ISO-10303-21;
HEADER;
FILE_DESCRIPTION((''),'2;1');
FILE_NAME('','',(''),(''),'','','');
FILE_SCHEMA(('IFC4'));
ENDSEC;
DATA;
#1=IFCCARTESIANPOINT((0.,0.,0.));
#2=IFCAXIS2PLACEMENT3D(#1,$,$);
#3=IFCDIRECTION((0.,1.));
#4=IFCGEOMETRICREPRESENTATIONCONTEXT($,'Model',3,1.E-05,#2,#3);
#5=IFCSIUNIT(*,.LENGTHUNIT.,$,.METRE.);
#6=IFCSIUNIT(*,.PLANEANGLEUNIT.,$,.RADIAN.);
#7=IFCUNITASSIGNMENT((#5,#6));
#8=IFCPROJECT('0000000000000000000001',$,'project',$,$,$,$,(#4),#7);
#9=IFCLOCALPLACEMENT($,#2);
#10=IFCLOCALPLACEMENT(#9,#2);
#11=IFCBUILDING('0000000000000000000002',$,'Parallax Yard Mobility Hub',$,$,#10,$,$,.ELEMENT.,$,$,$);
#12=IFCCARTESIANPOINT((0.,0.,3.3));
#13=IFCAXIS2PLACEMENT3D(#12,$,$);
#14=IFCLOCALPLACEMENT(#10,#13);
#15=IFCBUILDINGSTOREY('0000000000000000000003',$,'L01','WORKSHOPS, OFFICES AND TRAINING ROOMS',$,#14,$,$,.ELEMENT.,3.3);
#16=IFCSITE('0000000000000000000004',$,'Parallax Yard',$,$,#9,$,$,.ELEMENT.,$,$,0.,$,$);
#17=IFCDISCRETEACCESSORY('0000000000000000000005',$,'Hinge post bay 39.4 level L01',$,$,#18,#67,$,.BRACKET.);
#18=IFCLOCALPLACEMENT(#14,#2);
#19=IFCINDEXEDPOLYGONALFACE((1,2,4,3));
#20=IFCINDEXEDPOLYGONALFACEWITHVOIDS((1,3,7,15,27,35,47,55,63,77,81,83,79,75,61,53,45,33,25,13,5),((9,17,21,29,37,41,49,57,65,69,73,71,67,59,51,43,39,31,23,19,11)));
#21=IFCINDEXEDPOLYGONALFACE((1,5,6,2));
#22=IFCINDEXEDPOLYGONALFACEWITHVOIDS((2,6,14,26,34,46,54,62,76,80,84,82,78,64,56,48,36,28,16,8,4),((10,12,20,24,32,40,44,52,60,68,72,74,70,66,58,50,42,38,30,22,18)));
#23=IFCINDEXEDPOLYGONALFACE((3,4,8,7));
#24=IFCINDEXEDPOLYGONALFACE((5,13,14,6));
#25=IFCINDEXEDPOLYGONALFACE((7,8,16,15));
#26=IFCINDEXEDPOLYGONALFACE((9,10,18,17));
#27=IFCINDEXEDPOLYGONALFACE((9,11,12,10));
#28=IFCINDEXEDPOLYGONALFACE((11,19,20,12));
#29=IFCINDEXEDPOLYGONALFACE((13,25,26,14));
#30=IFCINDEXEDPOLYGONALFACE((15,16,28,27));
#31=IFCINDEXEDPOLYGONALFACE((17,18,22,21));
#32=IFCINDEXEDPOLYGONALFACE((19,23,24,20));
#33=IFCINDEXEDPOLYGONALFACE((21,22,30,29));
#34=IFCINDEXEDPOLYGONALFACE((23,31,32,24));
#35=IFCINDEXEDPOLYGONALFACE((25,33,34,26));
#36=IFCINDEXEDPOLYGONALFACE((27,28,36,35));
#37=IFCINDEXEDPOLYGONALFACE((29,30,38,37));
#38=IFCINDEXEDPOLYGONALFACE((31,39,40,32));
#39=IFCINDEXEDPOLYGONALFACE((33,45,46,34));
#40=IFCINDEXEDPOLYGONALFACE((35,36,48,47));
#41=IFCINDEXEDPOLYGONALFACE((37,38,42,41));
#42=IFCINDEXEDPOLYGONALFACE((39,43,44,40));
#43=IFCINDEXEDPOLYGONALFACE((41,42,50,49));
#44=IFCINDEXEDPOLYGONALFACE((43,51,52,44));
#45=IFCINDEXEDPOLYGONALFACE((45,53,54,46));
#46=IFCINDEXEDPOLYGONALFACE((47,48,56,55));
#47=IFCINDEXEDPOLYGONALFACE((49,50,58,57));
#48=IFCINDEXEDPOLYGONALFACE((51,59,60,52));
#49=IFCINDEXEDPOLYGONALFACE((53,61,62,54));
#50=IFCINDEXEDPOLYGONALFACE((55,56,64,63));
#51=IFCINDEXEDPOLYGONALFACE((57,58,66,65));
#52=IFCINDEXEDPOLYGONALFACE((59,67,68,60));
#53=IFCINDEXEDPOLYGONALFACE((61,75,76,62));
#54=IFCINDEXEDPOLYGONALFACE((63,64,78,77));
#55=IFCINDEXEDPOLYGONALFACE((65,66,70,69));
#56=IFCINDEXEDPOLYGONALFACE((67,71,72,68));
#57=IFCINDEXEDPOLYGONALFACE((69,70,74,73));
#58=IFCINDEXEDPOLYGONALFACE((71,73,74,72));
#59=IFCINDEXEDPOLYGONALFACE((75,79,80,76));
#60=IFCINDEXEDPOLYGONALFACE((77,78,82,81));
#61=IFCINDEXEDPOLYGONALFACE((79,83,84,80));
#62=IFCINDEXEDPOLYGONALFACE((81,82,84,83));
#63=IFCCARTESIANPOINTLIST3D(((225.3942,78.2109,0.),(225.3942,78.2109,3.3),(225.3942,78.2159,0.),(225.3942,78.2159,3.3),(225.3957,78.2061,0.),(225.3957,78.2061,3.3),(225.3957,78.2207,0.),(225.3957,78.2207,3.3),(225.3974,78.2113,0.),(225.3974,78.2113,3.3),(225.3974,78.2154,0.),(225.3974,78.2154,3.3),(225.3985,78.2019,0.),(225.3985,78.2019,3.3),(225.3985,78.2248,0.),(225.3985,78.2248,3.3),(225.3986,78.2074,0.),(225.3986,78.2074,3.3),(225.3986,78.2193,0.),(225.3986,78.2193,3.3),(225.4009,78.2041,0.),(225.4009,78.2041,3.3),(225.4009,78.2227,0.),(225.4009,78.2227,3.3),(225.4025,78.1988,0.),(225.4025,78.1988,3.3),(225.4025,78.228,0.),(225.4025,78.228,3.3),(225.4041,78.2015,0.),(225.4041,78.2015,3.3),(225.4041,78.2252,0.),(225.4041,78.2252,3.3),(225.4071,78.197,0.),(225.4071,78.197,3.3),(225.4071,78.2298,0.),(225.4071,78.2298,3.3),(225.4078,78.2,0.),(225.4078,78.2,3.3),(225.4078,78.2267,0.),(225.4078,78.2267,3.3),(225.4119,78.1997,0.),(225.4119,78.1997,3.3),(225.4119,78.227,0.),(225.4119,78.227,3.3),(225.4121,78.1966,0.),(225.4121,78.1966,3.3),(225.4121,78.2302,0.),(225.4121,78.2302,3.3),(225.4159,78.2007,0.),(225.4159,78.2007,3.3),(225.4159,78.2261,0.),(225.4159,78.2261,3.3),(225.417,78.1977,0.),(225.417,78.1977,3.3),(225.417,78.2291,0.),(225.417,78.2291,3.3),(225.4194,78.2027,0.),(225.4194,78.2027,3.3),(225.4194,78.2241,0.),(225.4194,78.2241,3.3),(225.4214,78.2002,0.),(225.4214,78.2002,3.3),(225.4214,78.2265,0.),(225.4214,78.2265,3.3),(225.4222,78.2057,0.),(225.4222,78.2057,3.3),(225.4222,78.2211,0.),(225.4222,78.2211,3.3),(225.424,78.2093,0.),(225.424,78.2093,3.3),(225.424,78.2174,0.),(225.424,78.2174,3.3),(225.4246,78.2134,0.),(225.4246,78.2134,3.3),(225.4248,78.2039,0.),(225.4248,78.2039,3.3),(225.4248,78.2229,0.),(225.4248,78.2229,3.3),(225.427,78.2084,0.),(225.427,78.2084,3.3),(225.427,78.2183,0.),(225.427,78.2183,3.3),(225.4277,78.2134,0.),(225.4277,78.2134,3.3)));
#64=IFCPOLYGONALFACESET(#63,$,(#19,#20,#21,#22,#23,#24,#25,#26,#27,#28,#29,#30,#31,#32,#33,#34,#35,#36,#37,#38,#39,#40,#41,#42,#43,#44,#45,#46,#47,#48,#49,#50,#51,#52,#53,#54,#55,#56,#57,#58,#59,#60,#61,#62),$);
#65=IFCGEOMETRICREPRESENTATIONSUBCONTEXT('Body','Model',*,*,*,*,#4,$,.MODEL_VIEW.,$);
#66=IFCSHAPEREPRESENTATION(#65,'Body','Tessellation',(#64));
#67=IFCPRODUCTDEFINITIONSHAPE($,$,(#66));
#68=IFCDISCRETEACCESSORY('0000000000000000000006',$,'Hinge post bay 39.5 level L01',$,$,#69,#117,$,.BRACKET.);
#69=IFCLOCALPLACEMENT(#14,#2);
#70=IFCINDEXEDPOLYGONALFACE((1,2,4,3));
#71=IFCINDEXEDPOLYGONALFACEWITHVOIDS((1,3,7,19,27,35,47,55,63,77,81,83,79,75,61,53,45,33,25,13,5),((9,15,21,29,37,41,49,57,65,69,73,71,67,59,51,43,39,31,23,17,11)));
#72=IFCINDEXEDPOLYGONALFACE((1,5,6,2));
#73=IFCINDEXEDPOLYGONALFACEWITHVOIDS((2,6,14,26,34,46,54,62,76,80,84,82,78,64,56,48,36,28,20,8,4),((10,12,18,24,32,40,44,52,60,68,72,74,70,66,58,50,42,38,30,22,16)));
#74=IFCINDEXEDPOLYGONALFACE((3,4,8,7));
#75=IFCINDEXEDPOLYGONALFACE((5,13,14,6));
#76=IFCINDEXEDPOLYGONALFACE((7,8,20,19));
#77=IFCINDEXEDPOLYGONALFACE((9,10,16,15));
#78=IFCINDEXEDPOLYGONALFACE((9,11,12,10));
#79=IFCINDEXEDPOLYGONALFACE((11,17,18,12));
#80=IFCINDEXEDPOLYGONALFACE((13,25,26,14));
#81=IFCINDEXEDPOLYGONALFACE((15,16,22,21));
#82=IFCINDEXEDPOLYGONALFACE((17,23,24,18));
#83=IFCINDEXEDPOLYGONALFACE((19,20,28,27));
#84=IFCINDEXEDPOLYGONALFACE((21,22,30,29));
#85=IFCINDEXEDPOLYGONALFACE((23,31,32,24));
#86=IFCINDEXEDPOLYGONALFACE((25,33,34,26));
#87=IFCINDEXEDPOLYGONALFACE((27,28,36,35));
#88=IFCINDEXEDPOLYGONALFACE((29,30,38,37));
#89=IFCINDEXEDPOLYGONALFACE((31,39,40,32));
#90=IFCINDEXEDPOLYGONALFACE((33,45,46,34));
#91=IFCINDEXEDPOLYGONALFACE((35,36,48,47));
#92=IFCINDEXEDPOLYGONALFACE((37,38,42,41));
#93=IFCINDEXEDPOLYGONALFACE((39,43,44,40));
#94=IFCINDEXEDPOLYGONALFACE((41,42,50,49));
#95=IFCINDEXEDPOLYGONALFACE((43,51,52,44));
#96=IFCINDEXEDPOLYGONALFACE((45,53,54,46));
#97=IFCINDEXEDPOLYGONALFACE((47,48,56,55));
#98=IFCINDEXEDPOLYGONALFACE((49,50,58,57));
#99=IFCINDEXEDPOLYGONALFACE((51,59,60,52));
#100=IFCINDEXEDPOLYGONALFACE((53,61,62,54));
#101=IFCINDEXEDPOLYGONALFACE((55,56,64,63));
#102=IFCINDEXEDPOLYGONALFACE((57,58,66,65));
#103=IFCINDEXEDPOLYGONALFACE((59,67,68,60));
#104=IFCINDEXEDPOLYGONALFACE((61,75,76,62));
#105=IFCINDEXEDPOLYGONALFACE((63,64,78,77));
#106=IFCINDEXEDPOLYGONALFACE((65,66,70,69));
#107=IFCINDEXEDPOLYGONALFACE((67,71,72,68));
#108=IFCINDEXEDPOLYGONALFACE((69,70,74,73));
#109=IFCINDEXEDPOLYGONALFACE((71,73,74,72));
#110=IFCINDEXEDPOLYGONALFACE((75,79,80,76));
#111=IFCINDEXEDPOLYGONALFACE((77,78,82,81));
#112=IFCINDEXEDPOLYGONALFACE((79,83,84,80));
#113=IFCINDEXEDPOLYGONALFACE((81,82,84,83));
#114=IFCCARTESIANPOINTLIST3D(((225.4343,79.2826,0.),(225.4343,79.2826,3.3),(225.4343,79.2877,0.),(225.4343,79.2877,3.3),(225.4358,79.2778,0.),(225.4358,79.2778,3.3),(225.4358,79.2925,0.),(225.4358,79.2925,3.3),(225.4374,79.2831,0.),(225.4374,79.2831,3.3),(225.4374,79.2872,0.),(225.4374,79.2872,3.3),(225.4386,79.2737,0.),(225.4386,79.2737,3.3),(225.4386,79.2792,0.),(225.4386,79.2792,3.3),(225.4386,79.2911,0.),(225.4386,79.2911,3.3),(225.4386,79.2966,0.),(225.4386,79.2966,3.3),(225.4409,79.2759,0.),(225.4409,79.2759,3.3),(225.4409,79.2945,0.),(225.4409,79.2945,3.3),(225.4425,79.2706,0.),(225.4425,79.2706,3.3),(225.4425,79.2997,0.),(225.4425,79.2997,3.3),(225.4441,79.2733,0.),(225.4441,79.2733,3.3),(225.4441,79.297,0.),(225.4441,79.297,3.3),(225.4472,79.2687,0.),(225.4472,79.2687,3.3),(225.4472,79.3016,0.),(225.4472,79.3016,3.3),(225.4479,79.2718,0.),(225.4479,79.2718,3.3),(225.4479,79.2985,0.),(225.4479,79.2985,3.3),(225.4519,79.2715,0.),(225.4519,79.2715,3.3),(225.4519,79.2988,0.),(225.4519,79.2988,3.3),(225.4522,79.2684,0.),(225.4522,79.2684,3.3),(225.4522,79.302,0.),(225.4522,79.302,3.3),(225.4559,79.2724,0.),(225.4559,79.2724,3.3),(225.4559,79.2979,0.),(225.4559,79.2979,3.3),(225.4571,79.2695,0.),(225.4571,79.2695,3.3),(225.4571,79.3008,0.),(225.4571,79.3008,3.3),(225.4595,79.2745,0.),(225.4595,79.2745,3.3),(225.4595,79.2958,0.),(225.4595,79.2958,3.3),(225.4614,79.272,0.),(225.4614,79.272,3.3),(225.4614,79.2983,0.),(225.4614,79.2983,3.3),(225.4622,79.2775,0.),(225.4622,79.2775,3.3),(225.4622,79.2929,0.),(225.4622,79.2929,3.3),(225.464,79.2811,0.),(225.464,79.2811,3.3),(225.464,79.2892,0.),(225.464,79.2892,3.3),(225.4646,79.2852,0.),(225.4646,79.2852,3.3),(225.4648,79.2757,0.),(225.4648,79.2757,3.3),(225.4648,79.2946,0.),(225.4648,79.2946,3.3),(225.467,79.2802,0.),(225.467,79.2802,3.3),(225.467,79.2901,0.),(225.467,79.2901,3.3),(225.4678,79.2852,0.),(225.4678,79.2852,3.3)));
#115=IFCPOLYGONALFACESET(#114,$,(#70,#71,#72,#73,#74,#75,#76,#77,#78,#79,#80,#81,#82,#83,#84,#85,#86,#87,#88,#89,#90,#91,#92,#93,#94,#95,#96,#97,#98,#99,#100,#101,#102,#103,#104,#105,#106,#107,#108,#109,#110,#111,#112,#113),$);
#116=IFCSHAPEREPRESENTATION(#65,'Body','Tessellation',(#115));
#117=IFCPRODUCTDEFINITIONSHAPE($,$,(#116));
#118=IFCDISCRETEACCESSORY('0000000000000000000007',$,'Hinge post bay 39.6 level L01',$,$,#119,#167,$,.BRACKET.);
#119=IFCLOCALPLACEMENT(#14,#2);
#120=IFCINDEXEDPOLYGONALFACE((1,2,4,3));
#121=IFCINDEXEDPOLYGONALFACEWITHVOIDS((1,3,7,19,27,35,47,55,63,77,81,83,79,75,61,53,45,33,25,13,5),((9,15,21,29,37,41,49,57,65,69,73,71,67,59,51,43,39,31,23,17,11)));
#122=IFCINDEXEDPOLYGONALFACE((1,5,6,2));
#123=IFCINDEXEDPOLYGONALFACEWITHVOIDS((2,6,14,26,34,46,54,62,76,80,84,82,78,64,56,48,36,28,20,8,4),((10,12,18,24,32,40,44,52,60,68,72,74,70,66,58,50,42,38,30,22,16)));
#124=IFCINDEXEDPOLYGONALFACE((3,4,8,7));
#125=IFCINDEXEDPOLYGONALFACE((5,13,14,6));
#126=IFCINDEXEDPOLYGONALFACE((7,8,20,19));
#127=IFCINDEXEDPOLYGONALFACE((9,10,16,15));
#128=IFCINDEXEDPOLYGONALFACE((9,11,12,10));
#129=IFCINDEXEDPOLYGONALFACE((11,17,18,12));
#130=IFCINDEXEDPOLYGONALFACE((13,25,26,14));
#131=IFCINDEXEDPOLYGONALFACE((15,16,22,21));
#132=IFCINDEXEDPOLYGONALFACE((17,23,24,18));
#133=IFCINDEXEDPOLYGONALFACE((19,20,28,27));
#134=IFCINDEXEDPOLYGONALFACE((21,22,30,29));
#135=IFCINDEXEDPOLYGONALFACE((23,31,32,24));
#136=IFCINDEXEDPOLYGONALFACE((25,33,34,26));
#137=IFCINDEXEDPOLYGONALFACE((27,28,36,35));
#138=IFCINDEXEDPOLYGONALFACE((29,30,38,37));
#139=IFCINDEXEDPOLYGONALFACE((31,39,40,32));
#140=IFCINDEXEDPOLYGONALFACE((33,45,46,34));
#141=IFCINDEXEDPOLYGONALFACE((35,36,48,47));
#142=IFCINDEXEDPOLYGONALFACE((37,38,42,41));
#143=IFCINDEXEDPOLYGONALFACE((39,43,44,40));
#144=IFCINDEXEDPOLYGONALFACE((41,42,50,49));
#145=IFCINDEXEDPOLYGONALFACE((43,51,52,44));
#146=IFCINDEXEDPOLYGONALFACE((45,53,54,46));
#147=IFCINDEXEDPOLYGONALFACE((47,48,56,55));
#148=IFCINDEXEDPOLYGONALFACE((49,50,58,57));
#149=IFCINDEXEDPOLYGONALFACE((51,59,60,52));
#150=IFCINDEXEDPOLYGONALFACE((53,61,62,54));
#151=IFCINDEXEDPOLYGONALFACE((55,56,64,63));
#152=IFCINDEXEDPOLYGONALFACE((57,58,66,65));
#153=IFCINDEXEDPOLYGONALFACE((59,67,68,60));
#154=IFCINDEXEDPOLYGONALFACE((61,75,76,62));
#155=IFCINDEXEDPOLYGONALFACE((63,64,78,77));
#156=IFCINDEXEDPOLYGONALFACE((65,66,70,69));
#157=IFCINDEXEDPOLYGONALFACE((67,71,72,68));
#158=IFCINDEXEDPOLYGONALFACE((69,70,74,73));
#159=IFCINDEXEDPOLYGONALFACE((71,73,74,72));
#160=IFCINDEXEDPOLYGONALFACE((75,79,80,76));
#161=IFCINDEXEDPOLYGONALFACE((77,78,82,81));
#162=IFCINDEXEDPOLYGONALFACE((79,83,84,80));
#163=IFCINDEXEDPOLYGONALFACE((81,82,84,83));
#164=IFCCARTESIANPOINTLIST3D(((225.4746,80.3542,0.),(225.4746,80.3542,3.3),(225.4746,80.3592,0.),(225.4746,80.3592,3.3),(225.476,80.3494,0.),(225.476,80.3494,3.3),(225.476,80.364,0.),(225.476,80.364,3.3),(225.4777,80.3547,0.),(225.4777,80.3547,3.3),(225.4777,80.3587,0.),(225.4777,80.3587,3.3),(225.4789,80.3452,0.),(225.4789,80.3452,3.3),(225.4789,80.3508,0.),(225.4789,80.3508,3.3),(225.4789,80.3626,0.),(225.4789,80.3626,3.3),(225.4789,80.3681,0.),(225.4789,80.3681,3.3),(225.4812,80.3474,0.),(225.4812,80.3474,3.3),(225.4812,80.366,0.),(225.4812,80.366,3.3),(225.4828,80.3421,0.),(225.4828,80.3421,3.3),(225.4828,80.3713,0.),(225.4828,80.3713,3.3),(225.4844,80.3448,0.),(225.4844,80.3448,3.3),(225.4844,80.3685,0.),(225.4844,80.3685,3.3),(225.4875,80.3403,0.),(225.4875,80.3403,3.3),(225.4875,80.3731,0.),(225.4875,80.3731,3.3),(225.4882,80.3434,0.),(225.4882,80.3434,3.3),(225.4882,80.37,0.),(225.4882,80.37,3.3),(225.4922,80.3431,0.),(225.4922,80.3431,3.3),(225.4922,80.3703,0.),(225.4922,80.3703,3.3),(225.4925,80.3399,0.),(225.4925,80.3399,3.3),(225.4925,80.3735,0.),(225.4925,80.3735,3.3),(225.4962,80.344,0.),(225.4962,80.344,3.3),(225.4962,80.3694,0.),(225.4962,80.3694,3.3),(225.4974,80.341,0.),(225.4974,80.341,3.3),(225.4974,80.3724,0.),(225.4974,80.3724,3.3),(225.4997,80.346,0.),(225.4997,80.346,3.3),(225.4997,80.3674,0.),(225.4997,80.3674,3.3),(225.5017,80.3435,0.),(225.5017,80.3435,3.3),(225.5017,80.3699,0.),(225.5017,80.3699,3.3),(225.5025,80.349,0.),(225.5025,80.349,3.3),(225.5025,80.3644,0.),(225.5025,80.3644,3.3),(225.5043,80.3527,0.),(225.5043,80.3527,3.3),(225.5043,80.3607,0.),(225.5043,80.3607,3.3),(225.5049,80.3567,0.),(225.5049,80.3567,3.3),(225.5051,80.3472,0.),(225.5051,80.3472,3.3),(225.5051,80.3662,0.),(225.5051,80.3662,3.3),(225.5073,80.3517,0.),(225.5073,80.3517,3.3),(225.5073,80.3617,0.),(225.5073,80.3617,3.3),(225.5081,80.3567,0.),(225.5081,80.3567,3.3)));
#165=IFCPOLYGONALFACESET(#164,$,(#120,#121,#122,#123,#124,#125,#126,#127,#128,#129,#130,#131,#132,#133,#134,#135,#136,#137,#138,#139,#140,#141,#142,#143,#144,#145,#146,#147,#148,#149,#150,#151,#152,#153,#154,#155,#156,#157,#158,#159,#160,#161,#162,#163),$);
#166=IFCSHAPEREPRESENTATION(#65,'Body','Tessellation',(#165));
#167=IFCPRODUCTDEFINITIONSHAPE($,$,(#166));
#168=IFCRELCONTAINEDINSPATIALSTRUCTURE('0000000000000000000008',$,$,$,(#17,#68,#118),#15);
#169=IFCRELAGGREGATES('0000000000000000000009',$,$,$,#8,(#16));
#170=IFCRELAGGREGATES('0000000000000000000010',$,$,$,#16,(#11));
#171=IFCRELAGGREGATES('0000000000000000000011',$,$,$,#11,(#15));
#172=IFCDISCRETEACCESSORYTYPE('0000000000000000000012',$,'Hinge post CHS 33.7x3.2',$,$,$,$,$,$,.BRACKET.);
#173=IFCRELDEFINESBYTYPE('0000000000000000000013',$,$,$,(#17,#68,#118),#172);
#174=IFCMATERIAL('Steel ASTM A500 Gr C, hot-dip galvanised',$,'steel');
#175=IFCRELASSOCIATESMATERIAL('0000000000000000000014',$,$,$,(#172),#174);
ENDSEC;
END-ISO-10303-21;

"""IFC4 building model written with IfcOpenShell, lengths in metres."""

from ifc_helpers import new_model, si_unit, direction, frame, origin, origin_2d, place, context, subcontext, project, spatial, hollow_circle, extrude, material, material_profile, profile_set, type_object, element, save


model = new_model("IFC4")

# Units and contexts
model_context = context("Model", 3, precision=1e-05, world=origin(), true_north=direction((0.0, 1.0)))
body_context = subcontext(model_context, "Body", "Model", "MODEL_VIEW")
ifc_project = project(units=[si_unit("LENGTHUNIT", "METRE"), si_unit("PLANEANGLEUNIT", "RADIAN")], contexts=[model_context])

# Site, building, storey
site_placement = place(None, origin())
site = spatial("IfcSite", under=ifc_project, at=site_placement, Name="Parallax Yard", CompositionType="ELEMENT", RefElevation=0.0)
building_placement = place(site_placement, origin())
building = spatial("IfcBuilding", under=site, at=building_placement, Name="Parallax Yard Mobility Hub", CompositionType="ELEMENT")
storey_placement = place(building_placement, frame((0.0, 0.0, 3.3)))
storey = spatial("IfcBuildingStorey", under=building, at=storey_placement, Name="L01", Description="WORKSHOPS, OFFICES AND TRAINING ROOMS", CompositionType="ELEMENT", Elevation=3.3)

# Discrete accessories
ifc_material_1 = material(Name="Steel ASTM A500 Gr C, hot-dip galvanised", Category="steel")
ifc_material_profile = material_profile(ifc_material_1, hollow_circle(Radius=0.0168, WallThickness=0.0032, at=origin_2d()), Name="CHS 33.7x3.2")
ifc_profile_set = profile_set([ifc_material_profile], Name="Steel ASTM A500 Gr C, hot-dip galvanised")
discrete_accessory_type_1 = type_object("IfcDiscreteAccessoryType", Name="Hinge post CHS 33.7x3.2", PredefinedType="BRACKET", material=ifc_profile_set)
for number, where, z_axis, x_axis, name in (
    (1, (225.4109, 78.2134, 0.0), (0.0, 0.0, 1.0), (1.0, 0.0, 0.0), "Hinge post bay 39.4 level L01"),
    (2, (225.4509, 79.2852, 0.0), (0.0, 0.0, 1.0), (1.0, 0.0, 0.0), "Hinge post bay 39.5 level L01"),
    (3, (225.4912, 80.3567, 0.0), (0.0, 0.0, 1.0), (1.0, 0.0, 0.0), "Hinge post bay 39.6 level L01"),
):
    element("IfcDiscreteAccessory", number, at=place(storey_placement, frame(where, z_axis=z_axis, x_axis=x_axis)), inside=storey, type_object=discrete_accessory_type_1, Name=name, PredefinedType="BRACKET", context=body_context, shape_type="SweptSolid", body=[
        extrude(hollow_circle(Radius=0.0168, WallThickness=0.0032, at=origin_2d()), origin(), (0.0, 0.0, 1.0), 3.3),
    ])

save(model, "model.ifc")
